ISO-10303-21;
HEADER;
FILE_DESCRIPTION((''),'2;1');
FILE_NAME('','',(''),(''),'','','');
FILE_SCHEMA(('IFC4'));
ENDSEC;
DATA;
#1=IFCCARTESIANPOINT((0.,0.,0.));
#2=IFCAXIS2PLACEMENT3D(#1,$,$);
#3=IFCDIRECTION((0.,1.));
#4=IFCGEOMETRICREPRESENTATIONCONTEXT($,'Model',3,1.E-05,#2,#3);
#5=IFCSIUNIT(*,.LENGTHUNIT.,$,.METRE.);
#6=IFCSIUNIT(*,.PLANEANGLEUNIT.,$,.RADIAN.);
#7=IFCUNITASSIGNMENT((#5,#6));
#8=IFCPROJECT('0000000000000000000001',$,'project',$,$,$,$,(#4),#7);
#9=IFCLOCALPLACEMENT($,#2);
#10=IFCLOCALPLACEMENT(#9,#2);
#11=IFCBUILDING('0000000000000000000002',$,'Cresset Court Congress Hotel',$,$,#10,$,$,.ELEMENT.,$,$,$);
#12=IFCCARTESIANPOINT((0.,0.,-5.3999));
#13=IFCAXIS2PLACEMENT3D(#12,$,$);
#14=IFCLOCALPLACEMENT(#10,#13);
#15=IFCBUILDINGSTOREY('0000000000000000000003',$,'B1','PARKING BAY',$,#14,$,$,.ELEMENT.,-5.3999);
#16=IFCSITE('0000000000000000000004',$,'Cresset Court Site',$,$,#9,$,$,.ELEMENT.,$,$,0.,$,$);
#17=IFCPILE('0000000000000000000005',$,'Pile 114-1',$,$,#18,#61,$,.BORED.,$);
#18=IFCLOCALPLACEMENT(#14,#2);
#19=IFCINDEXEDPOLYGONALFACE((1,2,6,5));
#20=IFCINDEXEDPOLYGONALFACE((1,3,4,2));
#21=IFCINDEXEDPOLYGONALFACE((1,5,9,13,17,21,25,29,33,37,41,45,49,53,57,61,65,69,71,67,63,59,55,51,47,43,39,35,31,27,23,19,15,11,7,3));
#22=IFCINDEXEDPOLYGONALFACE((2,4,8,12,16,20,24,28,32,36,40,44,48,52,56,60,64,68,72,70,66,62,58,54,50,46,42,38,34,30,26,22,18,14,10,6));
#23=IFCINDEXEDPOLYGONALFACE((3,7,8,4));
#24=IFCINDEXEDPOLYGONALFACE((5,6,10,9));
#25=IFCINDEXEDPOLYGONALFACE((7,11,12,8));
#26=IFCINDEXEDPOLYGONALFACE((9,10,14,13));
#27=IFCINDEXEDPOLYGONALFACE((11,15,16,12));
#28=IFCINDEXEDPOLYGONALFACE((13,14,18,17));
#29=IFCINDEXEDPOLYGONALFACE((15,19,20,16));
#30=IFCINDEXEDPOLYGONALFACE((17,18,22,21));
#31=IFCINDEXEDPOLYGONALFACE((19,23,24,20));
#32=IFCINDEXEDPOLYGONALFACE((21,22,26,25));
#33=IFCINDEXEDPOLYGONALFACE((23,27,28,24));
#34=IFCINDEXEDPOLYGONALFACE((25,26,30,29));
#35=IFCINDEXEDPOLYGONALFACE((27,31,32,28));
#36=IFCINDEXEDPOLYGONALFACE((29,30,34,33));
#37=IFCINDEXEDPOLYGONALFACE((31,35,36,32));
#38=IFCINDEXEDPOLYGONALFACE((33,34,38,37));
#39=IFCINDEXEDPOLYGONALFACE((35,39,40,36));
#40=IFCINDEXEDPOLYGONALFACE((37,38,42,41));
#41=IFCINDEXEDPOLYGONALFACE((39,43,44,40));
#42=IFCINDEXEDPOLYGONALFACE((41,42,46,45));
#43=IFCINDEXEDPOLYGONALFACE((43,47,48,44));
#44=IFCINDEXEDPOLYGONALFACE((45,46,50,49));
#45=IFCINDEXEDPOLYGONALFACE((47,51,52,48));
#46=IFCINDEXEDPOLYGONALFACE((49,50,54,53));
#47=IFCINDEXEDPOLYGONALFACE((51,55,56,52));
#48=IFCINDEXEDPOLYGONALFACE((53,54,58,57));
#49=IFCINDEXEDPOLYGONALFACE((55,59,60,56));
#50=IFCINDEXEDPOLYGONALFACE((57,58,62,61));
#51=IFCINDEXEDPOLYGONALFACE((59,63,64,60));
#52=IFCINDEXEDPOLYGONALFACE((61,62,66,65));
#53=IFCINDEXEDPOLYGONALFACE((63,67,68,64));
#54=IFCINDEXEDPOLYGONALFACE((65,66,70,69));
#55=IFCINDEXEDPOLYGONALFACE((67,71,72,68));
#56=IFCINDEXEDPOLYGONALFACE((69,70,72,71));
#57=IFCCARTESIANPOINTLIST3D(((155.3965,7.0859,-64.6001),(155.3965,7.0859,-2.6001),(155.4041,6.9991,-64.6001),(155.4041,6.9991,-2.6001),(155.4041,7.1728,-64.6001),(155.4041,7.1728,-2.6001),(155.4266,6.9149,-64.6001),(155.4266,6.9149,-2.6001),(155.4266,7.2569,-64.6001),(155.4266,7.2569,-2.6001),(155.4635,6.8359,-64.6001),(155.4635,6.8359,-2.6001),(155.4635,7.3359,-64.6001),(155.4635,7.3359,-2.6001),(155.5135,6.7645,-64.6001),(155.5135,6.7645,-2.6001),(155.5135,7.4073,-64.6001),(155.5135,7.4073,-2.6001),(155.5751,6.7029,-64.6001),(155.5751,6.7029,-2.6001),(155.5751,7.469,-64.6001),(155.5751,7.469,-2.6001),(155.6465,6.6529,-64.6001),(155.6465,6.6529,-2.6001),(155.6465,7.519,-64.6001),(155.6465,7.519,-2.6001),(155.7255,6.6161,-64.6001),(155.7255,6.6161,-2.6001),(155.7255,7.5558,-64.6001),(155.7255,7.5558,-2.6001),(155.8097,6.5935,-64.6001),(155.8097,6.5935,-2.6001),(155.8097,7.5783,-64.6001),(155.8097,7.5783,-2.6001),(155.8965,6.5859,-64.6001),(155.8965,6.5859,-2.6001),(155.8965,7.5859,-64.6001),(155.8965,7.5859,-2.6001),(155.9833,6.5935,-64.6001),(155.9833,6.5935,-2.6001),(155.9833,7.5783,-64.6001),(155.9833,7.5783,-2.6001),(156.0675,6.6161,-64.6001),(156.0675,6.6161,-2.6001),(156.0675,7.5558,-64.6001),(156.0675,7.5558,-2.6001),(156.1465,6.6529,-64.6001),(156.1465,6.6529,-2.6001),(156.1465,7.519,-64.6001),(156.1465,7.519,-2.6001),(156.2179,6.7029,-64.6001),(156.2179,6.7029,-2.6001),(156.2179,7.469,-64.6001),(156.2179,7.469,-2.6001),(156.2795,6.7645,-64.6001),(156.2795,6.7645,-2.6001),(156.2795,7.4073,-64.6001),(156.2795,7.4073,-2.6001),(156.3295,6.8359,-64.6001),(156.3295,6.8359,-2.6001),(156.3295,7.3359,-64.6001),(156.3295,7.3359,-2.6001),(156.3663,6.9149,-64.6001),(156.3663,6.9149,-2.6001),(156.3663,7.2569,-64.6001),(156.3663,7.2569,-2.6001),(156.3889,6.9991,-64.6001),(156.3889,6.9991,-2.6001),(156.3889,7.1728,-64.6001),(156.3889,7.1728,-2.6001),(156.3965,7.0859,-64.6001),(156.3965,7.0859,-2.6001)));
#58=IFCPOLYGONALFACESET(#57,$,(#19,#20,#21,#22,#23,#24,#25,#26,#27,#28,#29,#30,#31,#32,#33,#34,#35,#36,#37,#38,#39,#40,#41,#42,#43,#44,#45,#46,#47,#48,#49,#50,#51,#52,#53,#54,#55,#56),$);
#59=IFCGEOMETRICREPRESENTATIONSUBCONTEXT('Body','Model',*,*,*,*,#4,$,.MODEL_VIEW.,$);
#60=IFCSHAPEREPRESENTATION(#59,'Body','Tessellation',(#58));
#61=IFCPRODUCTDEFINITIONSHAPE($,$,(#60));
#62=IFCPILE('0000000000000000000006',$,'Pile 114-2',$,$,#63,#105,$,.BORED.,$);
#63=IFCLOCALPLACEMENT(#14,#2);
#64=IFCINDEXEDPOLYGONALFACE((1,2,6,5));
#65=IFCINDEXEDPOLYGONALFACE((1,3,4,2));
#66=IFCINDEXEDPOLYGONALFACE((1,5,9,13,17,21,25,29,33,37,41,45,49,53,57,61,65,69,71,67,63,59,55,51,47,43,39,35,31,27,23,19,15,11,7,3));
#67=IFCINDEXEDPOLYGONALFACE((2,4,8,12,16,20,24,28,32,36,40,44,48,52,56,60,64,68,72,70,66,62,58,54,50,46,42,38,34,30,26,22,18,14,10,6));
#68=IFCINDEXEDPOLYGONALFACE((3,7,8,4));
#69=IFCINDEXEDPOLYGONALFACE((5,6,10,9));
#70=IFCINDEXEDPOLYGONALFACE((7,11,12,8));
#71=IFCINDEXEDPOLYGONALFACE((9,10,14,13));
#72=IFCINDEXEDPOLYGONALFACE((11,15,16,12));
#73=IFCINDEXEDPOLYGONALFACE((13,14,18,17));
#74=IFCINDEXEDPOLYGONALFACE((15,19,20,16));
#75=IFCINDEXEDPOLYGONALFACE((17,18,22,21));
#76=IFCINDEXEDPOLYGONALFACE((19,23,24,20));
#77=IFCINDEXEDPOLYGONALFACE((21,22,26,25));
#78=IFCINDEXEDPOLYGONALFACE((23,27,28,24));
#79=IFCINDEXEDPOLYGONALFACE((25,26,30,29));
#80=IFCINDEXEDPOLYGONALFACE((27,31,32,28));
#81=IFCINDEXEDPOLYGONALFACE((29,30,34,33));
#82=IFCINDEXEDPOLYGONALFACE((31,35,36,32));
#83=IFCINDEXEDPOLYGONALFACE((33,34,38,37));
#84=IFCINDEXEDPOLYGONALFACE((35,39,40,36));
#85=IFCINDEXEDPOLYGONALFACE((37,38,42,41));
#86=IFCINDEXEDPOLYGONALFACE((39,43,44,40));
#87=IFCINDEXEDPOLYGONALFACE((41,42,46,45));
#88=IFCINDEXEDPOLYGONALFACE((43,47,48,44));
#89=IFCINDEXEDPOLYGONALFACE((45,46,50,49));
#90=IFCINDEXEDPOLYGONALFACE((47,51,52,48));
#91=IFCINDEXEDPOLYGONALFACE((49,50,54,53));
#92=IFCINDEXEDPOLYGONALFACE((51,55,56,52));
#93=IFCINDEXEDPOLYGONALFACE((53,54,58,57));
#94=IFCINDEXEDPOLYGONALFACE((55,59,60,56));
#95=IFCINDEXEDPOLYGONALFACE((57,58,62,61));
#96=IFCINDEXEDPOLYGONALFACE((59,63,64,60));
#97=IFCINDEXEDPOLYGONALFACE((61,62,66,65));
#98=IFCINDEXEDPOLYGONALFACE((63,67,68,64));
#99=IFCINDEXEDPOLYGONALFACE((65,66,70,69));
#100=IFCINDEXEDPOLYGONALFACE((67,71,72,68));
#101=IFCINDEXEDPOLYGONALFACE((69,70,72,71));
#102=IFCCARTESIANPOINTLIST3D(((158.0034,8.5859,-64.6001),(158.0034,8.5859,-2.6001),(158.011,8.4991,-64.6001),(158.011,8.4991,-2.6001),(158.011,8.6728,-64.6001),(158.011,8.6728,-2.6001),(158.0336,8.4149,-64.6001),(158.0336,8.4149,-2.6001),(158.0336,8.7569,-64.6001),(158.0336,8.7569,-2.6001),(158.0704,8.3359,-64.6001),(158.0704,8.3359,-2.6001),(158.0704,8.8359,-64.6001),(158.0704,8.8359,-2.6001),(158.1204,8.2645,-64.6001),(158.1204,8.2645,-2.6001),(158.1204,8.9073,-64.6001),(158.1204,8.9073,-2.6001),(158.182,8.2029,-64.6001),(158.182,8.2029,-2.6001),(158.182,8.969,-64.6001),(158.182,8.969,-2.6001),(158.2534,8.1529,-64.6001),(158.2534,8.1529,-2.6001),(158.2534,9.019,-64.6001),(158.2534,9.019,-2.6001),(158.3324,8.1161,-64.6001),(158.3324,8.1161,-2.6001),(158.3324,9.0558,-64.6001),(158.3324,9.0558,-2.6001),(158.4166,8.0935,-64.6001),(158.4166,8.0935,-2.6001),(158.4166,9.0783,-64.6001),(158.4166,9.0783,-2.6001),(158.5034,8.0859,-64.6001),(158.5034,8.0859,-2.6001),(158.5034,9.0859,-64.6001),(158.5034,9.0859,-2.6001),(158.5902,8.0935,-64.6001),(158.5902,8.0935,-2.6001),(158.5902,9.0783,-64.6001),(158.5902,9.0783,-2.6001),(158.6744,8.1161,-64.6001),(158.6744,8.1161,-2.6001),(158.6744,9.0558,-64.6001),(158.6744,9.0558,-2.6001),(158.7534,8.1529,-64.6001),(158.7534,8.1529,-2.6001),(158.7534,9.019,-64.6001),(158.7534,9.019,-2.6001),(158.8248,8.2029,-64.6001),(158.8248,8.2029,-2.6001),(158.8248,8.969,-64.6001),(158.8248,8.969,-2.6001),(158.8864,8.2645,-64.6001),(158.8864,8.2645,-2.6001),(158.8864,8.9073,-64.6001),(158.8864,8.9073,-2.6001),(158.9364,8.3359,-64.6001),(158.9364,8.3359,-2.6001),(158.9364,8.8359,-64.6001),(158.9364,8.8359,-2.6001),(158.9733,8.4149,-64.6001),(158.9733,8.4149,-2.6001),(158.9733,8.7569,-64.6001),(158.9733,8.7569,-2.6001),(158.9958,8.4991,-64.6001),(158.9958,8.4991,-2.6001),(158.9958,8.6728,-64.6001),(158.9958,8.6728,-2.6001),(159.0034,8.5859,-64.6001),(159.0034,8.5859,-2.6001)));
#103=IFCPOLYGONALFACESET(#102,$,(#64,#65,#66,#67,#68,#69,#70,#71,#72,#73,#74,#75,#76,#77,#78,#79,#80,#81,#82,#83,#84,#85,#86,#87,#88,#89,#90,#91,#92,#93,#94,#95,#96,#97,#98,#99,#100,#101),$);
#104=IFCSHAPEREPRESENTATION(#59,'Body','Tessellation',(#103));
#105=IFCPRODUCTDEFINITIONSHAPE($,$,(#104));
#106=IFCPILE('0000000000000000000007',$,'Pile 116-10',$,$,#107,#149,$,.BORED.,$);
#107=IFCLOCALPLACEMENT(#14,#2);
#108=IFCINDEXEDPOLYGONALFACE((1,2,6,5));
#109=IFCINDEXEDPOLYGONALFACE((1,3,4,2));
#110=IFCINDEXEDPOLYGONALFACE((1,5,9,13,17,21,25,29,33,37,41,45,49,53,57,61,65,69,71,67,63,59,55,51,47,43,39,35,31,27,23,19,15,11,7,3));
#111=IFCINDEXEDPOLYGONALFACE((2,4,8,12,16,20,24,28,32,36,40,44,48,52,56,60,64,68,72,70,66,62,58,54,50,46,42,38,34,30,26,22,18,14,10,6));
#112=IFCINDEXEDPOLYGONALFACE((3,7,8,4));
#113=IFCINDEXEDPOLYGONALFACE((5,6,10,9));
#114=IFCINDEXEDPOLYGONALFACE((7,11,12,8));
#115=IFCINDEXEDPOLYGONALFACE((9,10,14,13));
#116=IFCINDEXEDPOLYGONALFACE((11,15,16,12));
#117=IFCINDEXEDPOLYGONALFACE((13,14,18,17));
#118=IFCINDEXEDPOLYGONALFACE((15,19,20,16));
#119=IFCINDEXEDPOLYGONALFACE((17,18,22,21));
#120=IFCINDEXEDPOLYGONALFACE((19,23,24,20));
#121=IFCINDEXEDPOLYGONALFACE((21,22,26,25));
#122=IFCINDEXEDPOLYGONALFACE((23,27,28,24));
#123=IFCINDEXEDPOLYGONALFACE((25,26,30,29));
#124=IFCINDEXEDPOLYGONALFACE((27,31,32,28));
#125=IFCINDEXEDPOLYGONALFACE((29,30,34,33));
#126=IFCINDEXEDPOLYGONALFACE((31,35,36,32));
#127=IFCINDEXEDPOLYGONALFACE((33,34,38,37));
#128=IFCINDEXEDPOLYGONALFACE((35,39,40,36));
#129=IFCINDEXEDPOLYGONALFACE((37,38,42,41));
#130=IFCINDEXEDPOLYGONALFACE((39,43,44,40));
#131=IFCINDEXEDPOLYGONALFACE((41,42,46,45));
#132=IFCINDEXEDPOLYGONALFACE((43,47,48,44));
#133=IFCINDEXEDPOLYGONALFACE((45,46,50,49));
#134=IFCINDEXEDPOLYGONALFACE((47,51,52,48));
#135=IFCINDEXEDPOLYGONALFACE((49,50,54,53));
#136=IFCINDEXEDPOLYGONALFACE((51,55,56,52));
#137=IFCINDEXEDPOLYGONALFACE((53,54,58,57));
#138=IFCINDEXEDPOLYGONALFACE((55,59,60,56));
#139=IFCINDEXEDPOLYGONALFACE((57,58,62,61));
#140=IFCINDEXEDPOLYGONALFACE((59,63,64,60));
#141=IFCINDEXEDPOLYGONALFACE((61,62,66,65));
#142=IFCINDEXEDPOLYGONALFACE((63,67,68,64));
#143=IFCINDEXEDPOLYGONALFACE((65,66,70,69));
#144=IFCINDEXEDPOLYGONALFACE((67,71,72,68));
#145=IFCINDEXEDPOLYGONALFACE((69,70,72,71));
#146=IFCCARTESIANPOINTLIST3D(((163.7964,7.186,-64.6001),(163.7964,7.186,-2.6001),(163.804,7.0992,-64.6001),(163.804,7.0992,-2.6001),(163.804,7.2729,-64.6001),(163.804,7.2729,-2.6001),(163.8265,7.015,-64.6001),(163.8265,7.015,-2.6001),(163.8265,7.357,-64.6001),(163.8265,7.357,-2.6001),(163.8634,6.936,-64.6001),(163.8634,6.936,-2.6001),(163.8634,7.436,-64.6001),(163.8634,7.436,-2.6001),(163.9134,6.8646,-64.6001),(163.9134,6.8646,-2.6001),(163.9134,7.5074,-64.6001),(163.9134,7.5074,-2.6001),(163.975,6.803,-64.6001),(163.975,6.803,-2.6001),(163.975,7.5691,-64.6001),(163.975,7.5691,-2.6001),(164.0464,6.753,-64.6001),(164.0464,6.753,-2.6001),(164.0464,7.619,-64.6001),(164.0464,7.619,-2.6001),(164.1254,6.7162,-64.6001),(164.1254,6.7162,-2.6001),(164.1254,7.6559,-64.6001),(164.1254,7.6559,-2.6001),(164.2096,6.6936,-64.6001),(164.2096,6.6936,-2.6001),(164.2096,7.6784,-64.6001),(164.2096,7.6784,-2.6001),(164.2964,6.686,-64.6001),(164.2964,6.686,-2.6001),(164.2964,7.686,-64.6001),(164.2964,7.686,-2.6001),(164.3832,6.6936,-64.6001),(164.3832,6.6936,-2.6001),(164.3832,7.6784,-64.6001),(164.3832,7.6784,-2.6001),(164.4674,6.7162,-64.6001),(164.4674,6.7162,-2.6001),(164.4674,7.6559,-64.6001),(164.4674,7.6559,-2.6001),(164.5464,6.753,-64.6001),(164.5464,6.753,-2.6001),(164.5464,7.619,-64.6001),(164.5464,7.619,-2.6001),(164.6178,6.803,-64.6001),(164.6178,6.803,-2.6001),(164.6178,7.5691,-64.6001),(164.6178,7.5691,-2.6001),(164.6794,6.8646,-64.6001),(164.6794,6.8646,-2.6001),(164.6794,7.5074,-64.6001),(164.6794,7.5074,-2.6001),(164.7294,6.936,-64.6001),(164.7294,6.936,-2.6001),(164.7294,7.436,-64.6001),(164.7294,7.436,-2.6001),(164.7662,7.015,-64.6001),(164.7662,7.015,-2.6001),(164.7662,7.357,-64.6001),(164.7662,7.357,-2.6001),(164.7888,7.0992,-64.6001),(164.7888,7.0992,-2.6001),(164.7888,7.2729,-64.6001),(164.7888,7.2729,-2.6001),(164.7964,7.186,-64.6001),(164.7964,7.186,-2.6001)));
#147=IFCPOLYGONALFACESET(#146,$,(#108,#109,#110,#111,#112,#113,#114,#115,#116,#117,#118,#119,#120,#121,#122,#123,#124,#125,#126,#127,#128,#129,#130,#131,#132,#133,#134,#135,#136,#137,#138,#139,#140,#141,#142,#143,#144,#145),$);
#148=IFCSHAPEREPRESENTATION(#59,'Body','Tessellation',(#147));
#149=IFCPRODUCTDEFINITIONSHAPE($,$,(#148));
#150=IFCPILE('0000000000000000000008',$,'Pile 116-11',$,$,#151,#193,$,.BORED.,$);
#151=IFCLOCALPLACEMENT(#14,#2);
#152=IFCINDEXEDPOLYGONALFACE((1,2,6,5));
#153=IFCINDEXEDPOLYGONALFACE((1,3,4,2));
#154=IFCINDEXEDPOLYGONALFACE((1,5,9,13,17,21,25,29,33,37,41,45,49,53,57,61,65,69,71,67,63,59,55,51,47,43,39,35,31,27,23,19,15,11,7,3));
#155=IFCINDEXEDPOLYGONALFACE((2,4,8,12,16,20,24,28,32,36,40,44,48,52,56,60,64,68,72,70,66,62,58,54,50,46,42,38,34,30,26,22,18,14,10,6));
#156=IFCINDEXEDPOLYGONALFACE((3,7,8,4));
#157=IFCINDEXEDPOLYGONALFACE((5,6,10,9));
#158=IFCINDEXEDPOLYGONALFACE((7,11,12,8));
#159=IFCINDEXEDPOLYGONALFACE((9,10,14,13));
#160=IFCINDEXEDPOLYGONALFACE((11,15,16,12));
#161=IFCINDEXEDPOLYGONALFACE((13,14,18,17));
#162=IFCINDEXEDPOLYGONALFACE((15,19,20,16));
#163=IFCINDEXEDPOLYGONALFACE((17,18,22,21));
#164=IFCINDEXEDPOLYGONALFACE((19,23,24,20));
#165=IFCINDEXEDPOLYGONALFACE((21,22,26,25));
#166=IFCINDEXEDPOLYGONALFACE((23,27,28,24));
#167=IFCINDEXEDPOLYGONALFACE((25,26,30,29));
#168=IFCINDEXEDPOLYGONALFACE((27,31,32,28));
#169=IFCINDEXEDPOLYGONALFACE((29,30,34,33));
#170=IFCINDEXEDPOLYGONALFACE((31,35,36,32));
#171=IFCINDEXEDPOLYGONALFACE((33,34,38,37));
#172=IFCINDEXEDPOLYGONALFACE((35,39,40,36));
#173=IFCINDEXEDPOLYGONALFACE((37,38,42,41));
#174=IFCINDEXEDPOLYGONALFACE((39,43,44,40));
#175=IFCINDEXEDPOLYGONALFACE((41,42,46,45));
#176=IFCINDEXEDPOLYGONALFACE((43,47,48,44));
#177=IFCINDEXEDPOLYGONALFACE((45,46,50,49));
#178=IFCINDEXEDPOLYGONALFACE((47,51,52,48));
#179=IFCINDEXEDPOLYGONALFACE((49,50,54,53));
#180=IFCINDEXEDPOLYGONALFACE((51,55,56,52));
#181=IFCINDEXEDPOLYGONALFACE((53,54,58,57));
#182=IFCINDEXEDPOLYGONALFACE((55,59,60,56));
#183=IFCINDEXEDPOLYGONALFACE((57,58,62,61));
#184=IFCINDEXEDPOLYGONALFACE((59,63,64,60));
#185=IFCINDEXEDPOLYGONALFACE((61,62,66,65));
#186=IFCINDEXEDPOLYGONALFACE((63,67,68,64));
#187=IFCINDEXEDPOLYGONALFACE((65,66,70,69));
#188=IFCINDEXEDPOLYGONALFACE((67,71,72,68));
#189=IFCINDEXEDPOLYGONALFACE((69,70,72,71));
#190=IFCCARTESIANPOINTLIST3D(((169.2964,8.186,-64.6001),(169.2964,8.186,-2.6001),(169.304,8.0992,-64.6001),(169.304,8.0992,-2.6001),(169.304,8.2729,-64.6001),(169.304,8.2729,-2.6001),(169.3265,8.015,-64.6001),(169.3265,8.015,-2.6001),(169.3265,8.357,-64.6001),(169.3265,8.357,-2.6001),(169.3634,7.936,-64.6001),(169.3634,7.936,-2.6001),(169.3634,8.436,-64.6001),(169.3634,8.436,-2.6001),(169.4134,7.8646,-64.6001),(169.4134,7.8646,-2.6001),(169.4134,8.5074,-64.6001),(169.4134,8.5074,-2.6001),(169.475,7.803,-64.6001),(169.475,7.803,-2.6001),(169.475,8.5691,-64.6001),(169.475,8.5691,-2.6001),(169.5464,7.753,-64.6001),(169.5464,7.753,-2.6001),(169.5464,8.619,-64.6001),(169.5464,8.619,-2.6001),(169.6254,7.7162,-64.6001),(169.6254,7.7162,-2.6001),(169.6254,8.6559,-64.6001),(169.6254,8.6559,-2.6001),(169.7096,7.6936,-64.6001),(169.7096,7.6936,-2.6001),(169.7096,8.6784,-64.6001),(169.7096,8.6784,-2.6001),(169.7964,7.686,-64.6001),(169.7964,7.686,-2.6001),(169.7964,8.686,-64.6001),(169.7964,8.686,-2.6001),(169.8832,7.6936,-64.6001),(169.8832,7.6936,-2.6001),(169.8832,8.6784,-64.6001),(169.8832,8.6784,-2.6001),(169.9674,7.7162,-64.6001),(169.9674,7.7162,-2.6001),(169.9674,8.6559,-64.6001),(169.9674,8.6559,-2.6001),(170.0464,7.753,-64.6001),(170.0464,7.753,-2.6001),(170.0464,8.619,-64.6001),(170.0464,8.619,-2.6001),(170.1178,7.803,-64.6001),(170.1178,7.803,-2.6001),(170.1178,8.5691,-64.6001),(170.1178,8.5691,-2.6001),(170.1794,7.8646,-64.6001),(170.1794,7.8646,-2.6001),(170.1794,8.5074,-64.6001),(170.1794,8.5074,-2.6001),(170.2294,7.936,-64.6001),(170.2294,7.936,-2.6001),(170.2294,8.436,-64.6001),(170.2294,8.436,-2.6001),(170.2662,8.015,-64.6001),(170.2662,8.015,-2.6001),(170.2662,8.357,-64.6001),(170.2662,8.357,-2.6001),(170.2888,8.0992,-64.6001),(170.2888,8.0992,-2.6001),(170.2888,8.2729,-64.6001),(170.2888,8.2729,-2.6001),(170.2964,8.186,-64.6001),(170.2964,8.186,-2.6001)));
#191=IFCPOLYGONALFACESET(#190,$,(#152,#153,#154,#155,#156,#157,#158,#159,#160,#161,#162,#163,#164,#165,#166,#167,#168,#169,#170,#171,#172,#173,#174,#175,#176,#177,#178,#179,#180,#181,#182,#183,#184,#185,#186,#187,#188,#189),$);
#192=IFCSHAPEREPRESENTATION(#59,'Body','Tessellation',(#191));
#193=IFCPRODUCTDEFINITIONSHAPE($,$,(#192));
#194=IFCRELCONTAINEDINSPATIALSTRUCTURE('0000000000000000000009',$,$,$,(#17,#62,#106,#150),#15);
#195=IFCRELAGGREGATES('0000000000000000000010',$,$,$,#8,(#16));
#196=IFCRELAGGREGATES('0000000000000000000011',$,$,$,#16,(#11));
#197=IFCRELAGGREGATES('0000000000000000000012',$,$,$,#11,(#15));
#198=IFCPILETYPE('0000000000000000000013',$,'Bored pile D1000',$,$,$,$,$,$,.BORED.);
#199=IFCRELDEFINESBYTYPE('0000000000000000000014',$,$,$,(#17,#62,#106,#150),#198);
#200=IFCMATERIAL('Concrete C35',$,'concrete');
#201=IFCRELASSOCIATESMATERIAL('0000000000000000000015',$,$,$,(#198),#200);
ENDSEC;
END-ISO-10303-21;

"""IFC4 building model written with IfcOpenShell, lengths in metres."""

from ifc_helpers import new_model, si_unit, direction, frame, origin, origin_2d, place, context, subcontext, project, spatial, circle, extrude, material, type_object, element, save


model = new_model("IFC4")

# Units and contexts
model_context = context("Model", 3, precision=1e-05, world=origin(), true_north=direction((0.0, 1.0)))
body_context = subcontext(model_context, "Body", "Model", "MODEL_VIEW")
ifc_project = project(units=[si_unit("LENGTHUNIT", "METRE"), si_unit("PLANEANGLEUNIT", "RADIAN")], contexts=[model_context])

# Site, building, storey
site_placement = place(None, origin())
site = spatial("IfcSite", under=ifc_project, at=site_placement, Name="Cresset Court Site", CompositionType="ELEMENT", RefElevation=0.0)
building_placement = place(site_placement, origin())
building = spatial("IfcBuilding", under=site, at=building_placement, Name="Cresset Court Congress Hotel", CompositionType="ELEMENT")
storey_placement = place(building_placement, frame((0.0, 0.0, -5.3999)))
storey = spatial("IfcBuildingStorey", under=building, at=storey_placement, Name="B1", Description="PARKING BAY", CompositionType="ELEMENT", Elevation=-5.3999)

# Piles
ifc_material_1 = material(Name="Concrete C35", Category="concrete")
pile_type = type_object("IfcPileType", Name="Bored pile D1000", PredefinedType="BORED", material=ifc_material_1)
for number, where, z_axis, x_axis, name in (
    (1, (155.8965, 7.0859, -2.6001), (0.0, 0.0, -1.0), (1.0, 0.0, 0.0), "Pile 114-1"),
    (2, (158.5034, 8.5859, -2.6001), (0.0, 0.0, -1.0), (1.0, 0.0, 0.0), "Pile 114-2"),
    (3, (164.2964, 7.186, -2.6001), (0.0, 0.0, -1.0), (1.0, 0.0, 0.0), "Pile 116-10"),
    (4, (169.7964, 8.186, -2.6001), (0.0, 0.0, -1.0), (1.0, 0.0, 0.0), "Pile 116-11"),
):
    element("IfcPile", number, at=place(storey_placement, frame(where, z_axis=z_axis, x_axis=x_axis)), inside=storey, type_object=pile_type, Name=name, PredefinedType="BORED", context=body_context, shape_type="SweptSolid", body=[
        extrude(circle(Radius=0.5, at=origin_2d()), origin(), (0.0, 0.0, 1.0), 62.0),
    ])

save(model, "model.ifc")
